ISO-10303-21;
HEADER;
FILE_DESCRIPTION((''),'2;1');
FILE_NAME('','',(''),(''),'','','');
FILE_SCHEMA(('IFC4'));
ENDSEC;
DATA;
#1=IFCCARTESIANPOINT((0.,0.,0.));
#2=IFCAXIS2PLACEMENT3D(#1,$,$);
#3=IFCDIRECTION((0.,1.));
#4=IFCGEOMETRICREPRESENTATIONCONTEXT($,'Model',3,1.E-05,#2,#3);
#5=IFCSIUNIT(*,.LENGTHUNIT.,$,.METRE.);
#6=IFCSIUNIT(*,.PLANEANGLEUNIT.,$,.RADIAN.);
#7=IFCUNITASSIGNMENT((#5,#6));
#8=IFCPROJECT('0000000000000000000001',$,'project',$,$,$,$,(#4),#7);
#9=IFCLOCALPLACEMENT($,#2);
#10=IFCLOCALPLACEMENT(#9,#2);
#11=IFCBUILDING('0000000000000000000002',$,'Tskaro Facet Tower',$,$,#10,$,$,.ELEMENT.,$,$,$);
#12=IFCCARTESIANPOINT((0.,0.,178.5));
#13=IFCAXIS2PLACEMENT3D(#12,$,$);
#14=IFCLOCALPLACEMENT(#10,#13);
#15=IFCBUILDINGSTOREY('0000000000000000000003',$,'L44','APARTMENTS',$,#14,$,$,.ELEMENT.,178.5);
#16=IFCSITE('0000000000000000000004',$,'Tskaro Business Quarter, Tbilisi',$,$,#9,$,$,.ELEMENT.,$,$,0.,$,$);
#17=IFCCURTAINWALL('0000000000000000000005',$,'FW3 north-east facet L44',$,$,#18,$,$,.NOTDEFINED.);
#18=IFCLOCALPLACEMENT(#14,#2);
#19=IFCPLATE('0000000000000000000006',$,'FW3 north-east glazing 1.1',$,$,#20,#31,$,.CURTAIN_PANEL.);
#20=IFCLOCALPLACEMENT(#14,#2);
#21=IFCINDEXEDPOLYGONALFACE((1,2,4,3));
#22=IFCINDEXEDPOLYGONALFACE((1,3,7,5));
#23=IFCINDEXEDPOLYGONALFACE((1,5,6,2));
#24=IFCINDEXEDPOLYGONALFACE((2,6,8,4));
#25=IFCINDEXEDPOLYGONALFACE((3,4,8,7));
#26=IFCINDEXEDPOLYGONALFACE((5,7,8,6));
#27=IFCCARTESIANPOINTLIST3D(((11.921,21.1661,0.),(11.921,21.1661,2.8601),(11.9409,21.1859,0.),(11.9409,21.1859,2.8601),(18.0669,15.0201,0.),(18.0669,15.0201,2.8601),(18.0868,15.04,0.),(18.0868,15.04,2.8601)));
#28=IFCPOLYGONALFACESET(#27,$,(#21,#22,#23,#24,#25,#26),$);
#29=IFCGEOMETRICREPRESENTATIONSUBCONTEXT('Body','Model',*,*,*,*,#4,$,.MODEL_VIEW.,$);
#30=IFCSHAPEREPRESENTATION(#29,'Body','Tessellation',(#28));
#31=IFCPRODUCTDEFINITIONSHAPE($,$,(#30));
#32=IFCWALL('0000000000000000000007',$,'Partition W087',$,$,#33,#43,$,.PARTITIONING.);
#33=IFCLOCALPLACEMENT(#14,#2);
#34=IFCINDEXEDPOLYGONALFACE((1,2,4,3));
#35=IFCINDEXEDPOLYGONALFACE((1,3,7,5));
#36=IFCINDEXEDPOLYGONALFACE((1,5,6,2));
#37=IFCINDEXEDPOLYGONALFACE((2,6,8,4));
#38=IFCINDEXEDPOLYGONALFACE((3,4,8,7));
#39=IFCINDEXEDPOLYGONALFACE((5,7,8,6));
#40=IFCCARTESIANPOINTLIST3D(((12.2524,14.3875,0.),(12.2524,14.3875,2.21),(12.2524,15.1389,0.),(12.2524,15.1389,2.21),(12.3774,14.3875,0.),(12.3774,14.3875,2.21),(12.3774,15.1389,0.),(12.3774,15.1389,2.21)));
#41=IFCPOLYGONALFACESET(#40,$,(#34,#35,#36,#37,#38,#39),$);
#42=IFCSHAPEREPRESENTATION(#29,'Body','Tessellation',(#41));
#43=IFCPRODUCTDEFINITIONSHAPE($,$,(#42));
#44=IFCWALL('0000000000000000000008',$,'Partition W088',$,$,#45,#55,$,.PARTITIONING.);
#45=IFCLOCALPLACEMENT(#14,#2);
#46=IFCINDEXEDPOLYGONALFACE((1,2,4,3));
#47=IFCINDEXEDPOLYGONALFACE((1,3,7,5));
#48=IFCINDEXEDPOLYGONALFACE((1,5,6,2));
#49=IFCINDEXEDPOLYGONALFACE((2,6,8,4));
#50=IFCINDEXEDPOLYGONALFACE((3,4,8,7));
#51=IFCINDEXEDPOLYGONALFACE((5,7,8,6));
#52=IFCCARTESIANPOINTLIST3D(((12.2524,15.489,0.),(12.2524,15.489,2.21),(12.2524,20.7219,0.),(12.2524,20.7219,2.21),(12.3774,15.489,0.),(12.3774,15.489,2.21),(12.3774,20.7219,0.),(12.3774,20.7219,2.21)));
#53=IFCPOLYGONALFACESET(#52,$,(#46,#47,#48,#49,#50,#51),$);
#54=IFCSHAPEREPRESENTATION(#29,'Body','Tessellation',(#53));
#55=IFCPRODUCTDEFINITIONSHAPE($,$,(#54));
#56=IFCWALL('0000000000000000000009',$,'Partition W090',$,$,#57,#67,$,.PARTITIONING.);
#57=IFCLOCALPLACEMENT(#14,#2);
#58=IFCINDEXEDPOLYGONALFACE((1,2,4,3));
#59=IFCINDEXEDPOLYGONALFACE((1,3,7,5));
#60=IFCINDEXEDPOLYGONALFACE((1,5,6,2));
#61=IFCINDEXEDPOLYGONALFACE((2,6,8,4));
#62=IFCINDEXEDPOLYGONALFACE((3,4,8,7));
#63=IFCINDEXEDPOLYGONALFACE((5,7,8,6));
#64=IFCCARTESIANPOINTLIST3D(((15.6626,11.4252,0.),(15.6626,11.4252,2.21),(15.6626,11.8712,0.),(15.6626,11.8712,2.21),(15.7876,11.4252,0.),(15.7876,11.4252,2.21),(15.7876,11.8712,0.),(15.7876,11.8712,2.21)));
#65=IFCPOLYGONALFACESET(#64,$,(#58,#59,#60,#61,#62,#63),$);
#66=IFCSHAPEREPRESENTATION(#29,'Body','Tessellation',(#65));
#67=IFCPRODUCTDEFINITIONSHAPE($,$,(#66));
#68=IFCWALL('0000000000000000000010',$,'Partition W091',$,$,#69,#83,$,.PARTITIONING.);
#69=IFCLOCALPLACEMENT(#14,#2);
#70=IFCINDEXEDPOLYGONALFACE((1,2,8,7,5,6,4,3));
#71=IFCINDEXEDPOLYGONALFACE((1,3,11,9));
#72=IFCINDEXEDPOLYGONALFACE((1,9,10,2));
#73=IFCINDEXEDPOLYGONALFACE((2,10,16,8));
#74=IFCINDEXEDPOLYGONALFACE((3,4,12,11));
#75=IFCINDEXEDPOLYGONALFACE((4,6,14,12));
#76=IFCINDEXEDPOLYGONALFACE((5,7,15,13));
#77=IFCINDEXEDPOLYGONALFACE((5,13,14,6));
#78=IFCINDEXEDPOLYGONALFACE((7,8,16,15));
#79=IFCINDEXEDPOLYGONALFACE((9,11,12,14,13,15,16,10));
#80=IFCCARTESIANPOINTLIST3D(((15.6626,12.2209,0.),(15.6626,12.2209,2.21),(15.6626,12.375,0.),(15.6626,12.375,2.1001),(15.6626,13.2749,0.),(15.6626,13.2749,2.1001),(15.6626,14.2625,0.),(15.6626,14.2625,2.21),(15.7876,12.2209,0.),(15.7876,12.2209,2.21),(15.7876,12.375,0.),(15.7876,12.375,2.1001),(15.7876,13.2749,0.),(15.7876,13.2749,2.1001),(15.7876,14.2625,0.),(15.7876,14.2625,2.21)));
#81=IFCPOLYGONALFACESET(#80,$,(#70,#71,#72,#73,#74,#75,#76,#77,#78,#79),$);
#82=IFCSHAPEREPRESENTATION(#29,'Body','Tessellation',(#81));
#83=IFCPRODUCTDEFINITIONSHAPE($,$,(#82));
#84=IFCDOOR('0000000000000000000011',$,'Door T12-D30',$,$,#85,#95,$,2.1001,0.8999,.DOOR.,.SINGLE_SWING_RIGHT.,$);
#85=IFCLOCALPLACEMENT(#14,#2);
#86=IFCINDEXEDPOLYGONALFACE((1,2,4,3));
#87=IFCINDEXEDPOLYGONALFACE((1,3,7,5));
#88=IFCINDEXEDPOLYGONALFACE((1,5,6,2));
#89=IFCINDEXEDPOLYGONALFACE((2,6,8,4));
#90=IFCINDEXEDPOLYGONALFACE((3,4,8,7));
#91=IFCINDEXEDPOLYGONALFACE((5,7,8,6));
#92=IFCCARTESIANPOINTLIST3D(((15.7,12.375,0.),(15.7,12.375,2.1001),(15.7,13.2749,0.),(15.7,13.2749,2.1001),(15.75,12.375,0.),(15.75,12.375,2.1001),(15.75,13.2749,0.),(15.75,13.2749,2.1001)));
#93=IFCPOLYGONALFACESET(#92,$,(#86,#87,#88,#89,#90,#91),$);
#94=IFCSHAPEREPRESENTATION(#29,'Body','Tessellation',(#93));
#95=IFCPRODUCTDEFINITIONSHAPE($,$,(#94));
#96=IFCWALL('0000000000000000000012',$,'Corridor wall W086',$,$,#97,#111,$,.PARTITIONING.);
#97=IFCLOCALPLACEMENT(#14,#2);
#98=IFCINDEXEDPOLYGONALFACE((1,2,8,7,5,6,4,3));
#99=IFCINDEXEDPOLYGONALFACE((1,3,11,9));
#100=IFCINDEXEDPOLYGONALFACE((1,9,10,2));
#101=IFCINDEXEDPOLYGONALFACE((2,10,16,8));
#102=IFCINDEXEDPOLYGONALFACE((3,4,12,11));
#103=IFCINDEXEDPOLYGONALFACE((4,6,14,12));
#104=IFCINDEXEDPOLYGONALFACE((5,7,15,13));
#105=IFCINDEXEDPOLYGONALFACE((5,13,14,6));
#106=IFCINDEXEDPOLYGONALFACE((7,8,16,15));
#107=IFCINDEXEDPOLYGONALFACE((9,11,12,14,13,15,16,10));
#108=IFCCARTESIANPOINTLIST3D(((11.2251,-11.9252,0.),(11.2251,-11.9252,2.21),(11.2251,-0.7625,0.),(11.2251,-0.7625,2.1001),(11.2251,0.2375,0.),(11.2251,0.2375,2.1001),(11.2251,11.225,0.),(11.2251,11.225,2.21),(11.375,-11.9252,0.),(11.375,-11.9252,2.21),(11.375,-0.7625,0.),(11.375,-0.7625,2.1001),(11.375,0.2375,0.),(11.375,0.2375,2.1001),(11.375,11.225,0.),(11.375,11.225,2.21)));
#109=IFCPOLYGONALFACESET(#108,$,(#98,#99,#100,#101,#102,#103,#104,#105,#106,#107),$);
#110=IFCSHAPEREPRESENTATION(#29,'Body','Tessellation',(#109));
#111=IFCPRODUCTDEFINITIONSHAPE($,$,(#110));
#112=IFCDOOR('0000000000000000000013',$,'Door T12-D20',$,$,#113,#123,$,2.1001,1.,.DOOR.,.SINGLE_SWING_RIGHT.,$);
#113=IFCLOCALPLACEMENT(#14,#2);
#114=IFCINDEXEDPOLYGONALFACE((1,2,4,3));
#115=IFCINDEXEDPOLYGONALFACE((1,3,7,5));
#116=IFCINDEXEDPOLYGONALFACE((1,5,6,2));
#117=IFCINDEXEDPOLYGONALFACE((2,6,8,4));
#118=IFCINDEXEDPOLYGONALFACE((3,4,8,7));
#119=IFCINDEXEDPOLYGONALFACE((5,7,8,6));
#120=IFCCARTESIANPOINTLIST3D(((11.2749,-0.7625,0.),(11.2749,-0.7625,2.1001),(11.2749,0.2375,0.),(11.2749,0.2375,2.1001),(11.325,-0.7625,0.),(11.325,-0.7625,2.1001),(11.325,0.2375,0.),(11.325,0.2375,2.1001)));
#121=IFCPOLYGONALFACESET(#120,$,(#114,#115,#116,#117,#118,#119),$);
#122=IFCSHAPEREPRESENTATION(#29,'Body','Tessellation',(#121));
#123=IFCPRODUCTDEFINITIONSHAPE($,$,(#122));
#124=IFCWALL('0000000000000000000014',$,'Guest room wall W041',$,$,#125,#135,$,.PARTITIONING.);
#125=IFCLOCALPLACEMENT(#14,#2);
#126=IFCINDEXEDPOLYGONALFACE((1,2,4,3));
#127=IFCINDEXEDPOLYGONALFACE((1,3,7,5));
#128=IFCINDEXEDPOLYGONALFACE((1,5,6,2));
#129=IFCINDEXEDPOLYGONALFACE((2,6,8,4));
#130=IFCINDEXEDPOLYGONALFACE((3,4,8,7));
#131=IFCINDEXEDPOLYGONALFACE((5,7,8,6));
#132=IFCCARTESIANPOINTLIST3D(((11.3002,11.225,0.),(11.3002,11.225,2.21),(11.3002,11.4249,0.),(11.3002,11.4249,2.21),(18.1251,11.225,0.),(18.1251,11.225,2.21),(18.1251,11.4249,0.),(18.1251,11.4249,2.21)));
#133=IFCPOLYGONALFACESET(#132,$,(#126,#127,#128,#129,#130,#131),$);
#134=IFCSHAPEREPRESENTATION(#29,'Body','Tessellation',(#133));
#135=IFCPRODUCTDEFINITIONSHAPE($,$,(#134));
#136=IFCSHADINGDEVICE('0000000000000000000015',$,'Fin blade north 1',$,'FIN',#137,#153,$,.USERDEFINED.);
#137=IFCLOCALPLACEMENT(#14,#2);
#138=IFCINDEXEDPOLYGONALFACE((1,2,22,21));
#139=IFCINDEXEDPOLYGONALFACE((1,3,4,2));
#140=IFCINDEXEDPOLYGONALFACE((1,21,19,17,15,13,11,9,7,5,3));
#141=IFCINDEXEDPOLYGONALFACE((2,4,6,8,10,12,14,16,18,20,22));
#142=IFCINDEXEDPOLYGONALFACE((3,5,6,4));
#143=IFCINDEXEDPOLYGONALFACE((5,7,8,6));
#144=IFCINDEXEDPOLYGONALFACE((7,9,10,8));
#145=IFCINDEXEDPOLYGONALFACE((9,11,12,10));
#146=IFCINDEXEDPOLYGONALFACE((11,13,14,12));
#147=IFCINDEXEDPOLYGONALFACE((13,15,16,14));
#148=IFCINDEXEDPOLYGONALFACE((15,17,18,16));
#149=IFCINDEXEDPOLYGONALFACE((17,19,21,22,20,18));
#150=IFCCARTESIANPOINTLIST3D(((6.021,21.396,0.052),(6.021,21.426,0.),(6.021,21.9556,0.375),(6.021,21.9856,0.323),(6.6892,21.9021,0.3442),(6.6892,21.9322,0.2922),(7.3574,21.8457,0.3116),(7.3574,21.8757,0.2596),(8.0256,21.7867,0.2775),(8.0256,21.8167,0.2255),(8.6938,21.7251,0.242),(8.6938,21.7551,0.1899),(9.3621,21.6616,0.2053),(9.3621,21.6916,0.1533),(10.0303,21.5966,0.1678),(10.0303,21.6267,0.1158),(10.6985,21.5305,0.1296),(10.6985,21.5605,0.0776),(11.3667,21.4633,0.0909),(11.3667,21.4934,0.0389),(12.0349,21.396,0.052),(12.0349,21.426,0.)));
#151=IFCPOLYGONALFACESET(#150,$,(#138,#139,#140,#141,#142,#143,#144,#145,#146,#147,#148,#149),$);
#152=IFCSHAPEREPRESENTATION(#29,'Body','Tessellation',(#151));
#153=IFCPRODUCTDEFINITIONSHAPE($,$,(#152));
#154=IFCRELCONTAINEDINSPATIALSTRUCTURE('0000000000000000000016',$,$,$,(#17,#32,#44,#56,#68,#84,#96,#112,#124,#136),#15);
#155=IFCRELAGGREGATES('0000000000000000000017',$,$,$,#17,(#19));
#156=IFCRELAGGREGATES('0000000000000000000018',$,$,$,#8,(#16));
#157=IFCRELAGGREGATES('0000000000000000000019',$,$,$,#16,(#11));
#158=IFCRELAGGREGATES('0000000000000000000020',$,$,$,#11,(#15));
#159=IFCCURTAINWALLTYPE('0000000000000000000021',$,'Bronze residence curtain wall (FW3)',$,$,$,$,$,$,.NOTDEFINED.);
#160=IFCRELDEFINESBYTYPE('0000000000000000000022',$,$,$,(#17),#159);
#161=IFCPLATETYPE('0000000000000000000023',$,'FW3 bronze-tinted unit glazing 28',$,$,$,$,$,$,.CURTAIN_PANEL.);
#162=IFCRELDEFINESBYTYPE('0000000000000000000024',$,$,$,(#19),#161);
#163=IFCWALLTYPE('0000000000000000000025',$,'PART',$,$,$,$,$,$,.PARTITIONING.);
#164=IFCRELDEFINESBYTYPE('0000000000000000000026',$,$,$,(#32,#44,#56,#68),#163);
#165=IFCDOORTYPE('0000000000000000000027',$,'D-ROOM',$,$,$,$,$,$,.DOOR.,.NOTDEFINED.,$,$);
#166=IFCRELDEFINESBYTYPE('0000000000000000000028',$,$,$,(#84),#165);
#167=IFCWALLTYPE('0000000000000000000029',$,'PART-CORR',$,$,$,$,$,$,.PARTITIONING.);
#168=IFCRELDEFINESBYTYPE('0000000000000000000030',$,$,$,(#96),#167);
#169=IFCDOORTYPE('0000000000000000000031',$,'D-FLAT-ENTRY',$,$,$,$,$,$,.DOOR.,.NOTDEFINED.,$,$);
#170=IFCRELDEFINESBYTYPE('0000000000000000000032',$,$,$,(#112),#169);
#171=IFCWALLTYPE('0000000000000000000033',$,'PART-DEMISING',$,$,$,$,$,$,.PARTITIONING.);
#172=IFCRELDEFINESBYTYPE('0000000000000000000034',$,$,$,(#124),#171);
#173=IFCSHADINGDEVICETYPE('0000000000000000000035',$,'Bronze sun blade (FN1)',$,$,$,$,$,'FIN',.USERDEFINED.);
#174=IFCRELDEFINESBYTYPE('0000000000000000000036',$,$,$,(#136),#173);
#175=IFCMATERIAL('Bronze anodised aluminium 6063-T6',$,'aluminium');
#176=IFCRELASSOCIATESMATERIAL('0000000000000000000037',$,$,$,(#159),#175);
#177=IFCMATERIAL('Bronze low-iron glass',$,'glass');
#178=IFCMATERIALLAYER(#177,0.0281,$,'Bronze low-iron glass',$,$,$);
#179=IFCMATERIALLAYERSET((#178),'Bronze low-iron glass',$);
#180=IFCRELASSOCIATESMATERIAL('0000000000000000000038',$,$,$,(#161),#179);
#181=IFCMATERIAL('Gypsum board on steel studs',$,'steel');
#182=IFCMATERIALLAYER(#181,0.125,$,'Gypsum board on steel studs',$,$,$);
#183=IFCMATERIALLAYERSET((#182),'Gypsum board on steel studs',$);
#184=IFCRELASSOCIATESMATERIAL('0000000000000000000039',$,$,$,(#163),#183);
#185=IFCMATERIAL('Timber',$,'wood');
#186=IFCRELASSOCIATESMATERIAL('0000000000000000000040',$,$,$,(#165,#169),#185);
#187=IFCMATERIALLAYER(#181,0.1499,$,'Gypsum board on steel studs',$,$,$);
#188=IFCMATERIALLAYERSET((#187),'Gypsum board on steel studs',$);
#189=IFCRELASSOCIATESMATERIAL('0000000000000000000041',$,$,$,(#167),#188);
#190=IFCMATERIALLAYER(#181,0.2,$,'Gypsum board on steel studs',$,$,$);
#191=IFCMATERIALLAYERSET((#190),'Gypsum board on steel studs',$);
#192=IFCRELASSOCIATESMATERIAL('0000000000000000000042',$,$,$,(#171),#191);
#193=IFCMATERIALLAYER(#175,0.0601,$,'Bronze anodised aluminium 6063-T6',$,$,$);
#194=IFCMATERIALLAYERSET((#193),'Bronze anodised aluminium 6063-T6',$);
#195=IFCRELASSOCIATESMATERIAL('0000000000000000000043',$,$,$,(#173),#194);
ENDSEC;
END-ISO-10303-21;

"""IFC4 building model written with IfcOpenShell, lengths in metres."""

from ifc_helpers import new_model, si_unit, direction, frame, frame_2d, origin, origin_2d, place, context, subcontext, project, spatial, polyline, rectangle, outline, extrude, material, layer, layer_set, type_object, element, fill, aggregate, save


model = new_model("IFC4")

# Units and contexts
model_context = context("Model", 3, precision=1e-05, world=origin(), true_north=direction((0.0, 1.0)))
body_context = subcontext(model_context, "Body", "Model", "MODEL_VIEW")
ifc_project = project(units=[si_unit("LENGTHUNIT", "METRE"), si_unit("PLANEANGLEUNIT", "RADIAN")], contexts=[model_context])

# Site, building, storey
site_placement = place(None, origin())
site = spatial("IfcSite", under=ifc_project, at=site_placement, Name="Tskaro Business Quarter, Tbilisi", CompositionType="ELEMENT", RefElevation=0.0)
building_placement = place(site_placement, origin())
building = spatial("IfcBuilding", under=site, at=building_placement, Name="Tskaro Facet Tower", CompositionType="ELEMENT")
storey_placement = place(building_placement, frame((0.0, 0.0, 178.5)))
storey = spatial("IfcBuildingStorey", under=building, at=storey_placement, Name="L44", Description="APARTMENTS", CompositionType="ELEMENT", Elevation=178.5)

# Curtain wall
ifc_material_1 = material(Name="Bronze anodised aluminium 6063-T6", Category="aluminium")
curtain_wall_type = type_object("IfcCurtainWallType", Name="Bronze residence curtain wall (FW3)", PredefinedType="NOTDEFINED", material=ifc_material_1)
curtain_wall_1_placement = place(storey_placement, origin())
curtain_wall_1 = element("IfcCurtainWall", 1, at=curtain_wall_1_placement, inside=storey, type_object=curtain_wall_type, Name="FW3 north-east facet L44", PredefinedType="NOTDEFINED")

# Shared definitions
ifc_material_2 = material(Name="Bronze low-iron glass", Category="glass")
ifc_layer_1 = layer(ifc_material_2, 0.0281, Name="Bronze low-iron glass")
ifc_layer_set_1 = layer_set([ifc_layer_1], Name="Bronze low-iron glass")
plate_type = type_object("IfcPlateType", Name="FW3 bronze-tinted unit glazing 28", PredefinedType="CURTAIN_PANEL", material=ifc_layer_set_1)

# Plate
plate_1_placement = place(storey_placement, frame((15.0039, 18.103, 0.0), z_axis=(0.0, 0.0, 1.0), x_axis=(-0.707107, 0.707107, 0.0)))
plate_1 = element("IfcPlate", 2, at=plate_1_placement, type_object=plate_type, Name="FW3 north-east glazing 1.1", PredefinedType="CURTAIN_PANEL", context=body_context, shape_type="SweptSolid", body=[
    extrude(rectangle(XDim=8.6917, YDim=0.0281, at=origin_2d()), origin(), (0.0, 0.0, 1.0), 2.8601),
])
aggregate(curtain_wall_1, [plate_1])

# Walls
ifc_material_3 = material(Name="Gypsum board on steel studs", Category="steel")
ifc_layer_2 = layer(ifc_material_3, 0.125, Name="Gypsum board on steel studs")
ifc_layer_set_2 = layer_set([ifc_layer_2], Name="Gypsum board on steel studs")
wall_type_1 = type_object("IfcWallType", Name="PART", PredefinedType="PARTITIONING", material=ifc_layer_set_2)
wall_1_placement = place(storey_placement, frame((12.3149, 14.3875, 0.0), z_axis=(0.0, 0.0, 1.0), x_axis=(0.0, 1.0, 0.0)))
element("IfcWall", 3, at=wall_1_placement, inside=storey, type_object=wall_type_1, Name="Partition W087", PredefinedType="PARTITIONING", context=body_context, shape_type="SweptSolid", body=[
    extrude(rectangle(XDim=0.7515, YDim=0.125, at=frame_2d((0.3757, 0.0))), origin(), (0.0, 0.0, 1.0), 2.21),
])
wall_2_placement = place(storey_placement, frame((12.3149, 15.489, 0.0), z_axis=(0.0, 0.0, 1.0), x_axis=(0.0, 1.0, 0.0)))
element("IfcWall", 4, at=wall_2_placement, inside=storey, type_object=wall_type_1, Name="Partition W088", PredefinedType="PARTITIONING", context=body_context, shape_type="SweptSolid", body=[
    extrude(rectangle(XDim=5.2329, YDim=0.125, at=frame_2d((2.6165, 0.0))), origin(), (0.0, 0.0, 1.0), 2.21),
])
wall_3_placement = place(storey_placement, frame((15.7251, 11.425, 0.0), z_axis=(0.0, 0.0, 1.0), x_axis=(0.0, 1.0, 0.0)))
element("IfcWall", 5, at=wall_3_placement, inside=storey, type_object=wall_type_1, Name="Partition W090", PredefinedType="PARTITIONING", context=body_context, shape_type="SweptSolid", body=[
    extrude(rectangle(XDim=0.446, YDim=0.125, at=frame_2d((0.2231, 0.0))), origin(), (0.0, 0.0, 1.0), 2.21),
])

# Walls, openings, doors
wall_4_placement = place(storey_placement, frame((15.7251, 14.2625, 0.0), z_axis=(0.0, 0.0, 1.0), x_axis=(0.0, -1.0, 0.0)))
wall_4 = element("IfcWall", 6, at=wall_4_placement, inside=storey, type_object=wall_type_1, Name="Partition W091", PredefinedType="PARTITIONING", context=body_context, shape_type="SweptSolid", body=[
    extrude(rectangle(XDim=2.0415, YDim=0.125, at=frame_2d((1.0208, 0.0))), origin(), (0.0, 0.0, 1.0), 2.21),
])
opening_1_placement = place(wall_4_placement, frame((0.9875, 0.0, 0.0)))
opening_1 = element("IfcOpeningElement", 7, at=opening_1_placement, cuts=wall_4, PredefinedType="OPENING", context=body_context, shape_type="SweptSolid", body=[
    extrude(rectangle(XDim=0.8999, YDim=2.1001, at=frame_2d((0.45, 1.05))), frame((0.0, 0.0725, 0.0), z_axis=(0.0, -1.0, 0.0), x_axis=(1.0, 0.0, 0.0)), (0.0, 0.0, 1.0), 0.145),
])
ifc_material_4 = material(Name="Timber", Category="wood")
door_type_1 = type_object("IfcDoorType", Name="D-ROOM", OperationType="NOTDEFINED", PredefinedType="DOOR", material=ifc_material_4)
door_1_placement = place(opening_1_placement, origin())
door_1 = element("IfcDoor", 8, at=door_1_placement, inside=storey, type_object=door_type_1, Name="Door T12-D30", OperationType="SINGLE_SWING_RIGHT", OverallHeight=2.1001, OverallWidth=0.8999, PredefinedType="DOOR", context=body_context, shape_type="SweptSolid", body=[
    extrude(rectangle(XDim=0.8999, YDim=2.1001, at=frame_2d((0.45, 1.05))), frame((0.0, 0.0249, 0.0), z_axis=(0.0, -1.0, 0.0), x_axis=(1.0, 0.0, 0.0)), (0.0, 0.0, 1.0), 0.05),
])
fill(opening_1, door_1)
ifc_layer_3 = layer(ifc_material_3, 0.1499, Name="Gypsum board on steel studs")
ifc_layer_set_3 = layer_set([ifc_layer_3], Name="Gypsum board on steel studs")
wall_type_2 = type_object("IfcWallType", Name="PART-CORR", PredefinedType="PARTITIONING", material=ifc_layer_set_3)
wall_5_placement = place(storey_placement, frame((11.3, 11.2251, 0.0), z_axis=(0.0, 0.0, 1.0), x_axis=(0.0, -1.0, 0.0)))
wall_5 = element("IfcWall", 9, at=wall_5_placement, inside=storey, type_object=wall_type_2, Name="Corridor wall W086", PredefinedType="PARTITIONING", context=body_context, shape_type="SweptSolid", body=[
    extrude(rectangle(XDim=23.1501, YDim=0.1499, at=frame_2d((11.5752, 0.0))), origin(), (0.0, 0.0, 1.0), 2.21),
])
opening_2_placement = place(wall_5_placement, frame((10.9875, 0.0, 0.0)))
opening_2 = element("IfcOpeningElement", 10, at=opening_2_placement, cuts=wall_5, PredefinedType="OPENING", context=body_context, shape_type="SweptSolid", body=[
    extrude(rectangle(XDim=1.0, YDim=2.1001, at=frame_2d((0.5, 1.05))), frame((0.0, 0.085, 0.0), z_axis=(0.0, -1.0, 0.0), x_axis=(1.0, 0.0, 0.0)), (0.0, 0.0, 1.0), 0.1699),
])
door_type_2 = type_object("IfcDoorType", Name="D-FLAT-ENTRY", OperationType="NOTDEFINED", PredefinedType="DOOR", material=ifc_material_4)
door_2_placement = place(opening_2_placement, origin())
door_2 = element("IfcDoor", 11, at=door_2_placement, inside=storey, type_object=door_type_2, Name="Door T12-D20", OperationType="SINGLE_SWING_RIGHT", OverallHeight=2.1001, OverallWidth=1.0, PredefinedType="DOOR", context=body_context, shape_type="SweptSolid", body=[
    extrude(rectangle(XDim=1.0, YDim=2.1001, at=frame_2d((0.5, 1.05))), frame((0.0, 0.0249, 0.0), z_axis=(0.0, -1.0, 0.0), x_axis=(1.0, 0.0, 0.0)), (0.0, 0.0, 1.0), 0.05),
])
fill(opening_2, door_2)

# Wall
ifc_layer_4 = layer(ifc_material_3, 0.2, Name="Gypsum board on steel studs")
ifc_layer_set_4 = layer_set([ifc_layer_4], Name="Gypsum board on steel studs")
wall_type_3 = type_object("IfcWallType", Name="PART-DEMISING", PredefinedType="PARTITIONING", material=ifc_layer_set_4)
wall_6_placement = place(storey_placement, frame((11.3, 11.325, 0.0), z_axis=(0.0, 0.0, 1.0), x_axis=(1.0, 0.0, 0.0)))
element("IfcWall", 12, at=wall_6_placement, inside=storey, type_object=wall_type_3, Name="Guest room wall W041", PredefinedType="PARTITIONING", context=body_context, shape_type="SweptSolid", body=[
    extrude(rectangle(XDim=6.825, YDim=0.2, at=frame_2d((3.4126, 0.0))), origin(), (0.0, 0.0, 1.0), 2.21),
])

# Shading device
ifc_layer_5 = layer(ifc_material_1, 0.0601, Name="Bronze anodised aluminium 6063-T6")
ifc_layer_set_5 = layer_set([ifc_layer_5], Name="Bronze anodised aluminium 6063-T6")
shading_device_type = type_object("IfcShadingDeviceType", Name="Bronze sun blade (FN1)", ElementType="FIN", PredefinedType="USERDEFINED", material=ifc_layer_set_5)
shading_device_placement = place(storey_placement, frame((12.0349, 21.396, 0.052), z_axis=(0.000003, -0.499897, 0.866085), x_axis=(-1.0, -0.000002, 0.000003)))
element("IfcShadingDevice", 13, at=shading_device_placement, inside=storey, type_object=shading_device_type, Name="Fin blade north 1", ObjectType="FIN", PredefinedType="USERDEFINED", context=body_context, shape_type="SweptSolid", body=[
    extrude(outline(polyline([(0.0, 0.0), (6.0139, 0.0), (6.0139, -0.6461), (5.3457, -0.5844), (4.6775, -0.5192), (4.0093, -0.4511), (3.3411, -0.38), (2.6729, -0.3067), (2.0046, -0.2317), (1.3364, -0.1553), (0.6682, -0.0778), (0.0, 0.0)])), origin(), (0.0, 0.0, -1.0), 0.0601),
])

save(model, "model.ifc")
